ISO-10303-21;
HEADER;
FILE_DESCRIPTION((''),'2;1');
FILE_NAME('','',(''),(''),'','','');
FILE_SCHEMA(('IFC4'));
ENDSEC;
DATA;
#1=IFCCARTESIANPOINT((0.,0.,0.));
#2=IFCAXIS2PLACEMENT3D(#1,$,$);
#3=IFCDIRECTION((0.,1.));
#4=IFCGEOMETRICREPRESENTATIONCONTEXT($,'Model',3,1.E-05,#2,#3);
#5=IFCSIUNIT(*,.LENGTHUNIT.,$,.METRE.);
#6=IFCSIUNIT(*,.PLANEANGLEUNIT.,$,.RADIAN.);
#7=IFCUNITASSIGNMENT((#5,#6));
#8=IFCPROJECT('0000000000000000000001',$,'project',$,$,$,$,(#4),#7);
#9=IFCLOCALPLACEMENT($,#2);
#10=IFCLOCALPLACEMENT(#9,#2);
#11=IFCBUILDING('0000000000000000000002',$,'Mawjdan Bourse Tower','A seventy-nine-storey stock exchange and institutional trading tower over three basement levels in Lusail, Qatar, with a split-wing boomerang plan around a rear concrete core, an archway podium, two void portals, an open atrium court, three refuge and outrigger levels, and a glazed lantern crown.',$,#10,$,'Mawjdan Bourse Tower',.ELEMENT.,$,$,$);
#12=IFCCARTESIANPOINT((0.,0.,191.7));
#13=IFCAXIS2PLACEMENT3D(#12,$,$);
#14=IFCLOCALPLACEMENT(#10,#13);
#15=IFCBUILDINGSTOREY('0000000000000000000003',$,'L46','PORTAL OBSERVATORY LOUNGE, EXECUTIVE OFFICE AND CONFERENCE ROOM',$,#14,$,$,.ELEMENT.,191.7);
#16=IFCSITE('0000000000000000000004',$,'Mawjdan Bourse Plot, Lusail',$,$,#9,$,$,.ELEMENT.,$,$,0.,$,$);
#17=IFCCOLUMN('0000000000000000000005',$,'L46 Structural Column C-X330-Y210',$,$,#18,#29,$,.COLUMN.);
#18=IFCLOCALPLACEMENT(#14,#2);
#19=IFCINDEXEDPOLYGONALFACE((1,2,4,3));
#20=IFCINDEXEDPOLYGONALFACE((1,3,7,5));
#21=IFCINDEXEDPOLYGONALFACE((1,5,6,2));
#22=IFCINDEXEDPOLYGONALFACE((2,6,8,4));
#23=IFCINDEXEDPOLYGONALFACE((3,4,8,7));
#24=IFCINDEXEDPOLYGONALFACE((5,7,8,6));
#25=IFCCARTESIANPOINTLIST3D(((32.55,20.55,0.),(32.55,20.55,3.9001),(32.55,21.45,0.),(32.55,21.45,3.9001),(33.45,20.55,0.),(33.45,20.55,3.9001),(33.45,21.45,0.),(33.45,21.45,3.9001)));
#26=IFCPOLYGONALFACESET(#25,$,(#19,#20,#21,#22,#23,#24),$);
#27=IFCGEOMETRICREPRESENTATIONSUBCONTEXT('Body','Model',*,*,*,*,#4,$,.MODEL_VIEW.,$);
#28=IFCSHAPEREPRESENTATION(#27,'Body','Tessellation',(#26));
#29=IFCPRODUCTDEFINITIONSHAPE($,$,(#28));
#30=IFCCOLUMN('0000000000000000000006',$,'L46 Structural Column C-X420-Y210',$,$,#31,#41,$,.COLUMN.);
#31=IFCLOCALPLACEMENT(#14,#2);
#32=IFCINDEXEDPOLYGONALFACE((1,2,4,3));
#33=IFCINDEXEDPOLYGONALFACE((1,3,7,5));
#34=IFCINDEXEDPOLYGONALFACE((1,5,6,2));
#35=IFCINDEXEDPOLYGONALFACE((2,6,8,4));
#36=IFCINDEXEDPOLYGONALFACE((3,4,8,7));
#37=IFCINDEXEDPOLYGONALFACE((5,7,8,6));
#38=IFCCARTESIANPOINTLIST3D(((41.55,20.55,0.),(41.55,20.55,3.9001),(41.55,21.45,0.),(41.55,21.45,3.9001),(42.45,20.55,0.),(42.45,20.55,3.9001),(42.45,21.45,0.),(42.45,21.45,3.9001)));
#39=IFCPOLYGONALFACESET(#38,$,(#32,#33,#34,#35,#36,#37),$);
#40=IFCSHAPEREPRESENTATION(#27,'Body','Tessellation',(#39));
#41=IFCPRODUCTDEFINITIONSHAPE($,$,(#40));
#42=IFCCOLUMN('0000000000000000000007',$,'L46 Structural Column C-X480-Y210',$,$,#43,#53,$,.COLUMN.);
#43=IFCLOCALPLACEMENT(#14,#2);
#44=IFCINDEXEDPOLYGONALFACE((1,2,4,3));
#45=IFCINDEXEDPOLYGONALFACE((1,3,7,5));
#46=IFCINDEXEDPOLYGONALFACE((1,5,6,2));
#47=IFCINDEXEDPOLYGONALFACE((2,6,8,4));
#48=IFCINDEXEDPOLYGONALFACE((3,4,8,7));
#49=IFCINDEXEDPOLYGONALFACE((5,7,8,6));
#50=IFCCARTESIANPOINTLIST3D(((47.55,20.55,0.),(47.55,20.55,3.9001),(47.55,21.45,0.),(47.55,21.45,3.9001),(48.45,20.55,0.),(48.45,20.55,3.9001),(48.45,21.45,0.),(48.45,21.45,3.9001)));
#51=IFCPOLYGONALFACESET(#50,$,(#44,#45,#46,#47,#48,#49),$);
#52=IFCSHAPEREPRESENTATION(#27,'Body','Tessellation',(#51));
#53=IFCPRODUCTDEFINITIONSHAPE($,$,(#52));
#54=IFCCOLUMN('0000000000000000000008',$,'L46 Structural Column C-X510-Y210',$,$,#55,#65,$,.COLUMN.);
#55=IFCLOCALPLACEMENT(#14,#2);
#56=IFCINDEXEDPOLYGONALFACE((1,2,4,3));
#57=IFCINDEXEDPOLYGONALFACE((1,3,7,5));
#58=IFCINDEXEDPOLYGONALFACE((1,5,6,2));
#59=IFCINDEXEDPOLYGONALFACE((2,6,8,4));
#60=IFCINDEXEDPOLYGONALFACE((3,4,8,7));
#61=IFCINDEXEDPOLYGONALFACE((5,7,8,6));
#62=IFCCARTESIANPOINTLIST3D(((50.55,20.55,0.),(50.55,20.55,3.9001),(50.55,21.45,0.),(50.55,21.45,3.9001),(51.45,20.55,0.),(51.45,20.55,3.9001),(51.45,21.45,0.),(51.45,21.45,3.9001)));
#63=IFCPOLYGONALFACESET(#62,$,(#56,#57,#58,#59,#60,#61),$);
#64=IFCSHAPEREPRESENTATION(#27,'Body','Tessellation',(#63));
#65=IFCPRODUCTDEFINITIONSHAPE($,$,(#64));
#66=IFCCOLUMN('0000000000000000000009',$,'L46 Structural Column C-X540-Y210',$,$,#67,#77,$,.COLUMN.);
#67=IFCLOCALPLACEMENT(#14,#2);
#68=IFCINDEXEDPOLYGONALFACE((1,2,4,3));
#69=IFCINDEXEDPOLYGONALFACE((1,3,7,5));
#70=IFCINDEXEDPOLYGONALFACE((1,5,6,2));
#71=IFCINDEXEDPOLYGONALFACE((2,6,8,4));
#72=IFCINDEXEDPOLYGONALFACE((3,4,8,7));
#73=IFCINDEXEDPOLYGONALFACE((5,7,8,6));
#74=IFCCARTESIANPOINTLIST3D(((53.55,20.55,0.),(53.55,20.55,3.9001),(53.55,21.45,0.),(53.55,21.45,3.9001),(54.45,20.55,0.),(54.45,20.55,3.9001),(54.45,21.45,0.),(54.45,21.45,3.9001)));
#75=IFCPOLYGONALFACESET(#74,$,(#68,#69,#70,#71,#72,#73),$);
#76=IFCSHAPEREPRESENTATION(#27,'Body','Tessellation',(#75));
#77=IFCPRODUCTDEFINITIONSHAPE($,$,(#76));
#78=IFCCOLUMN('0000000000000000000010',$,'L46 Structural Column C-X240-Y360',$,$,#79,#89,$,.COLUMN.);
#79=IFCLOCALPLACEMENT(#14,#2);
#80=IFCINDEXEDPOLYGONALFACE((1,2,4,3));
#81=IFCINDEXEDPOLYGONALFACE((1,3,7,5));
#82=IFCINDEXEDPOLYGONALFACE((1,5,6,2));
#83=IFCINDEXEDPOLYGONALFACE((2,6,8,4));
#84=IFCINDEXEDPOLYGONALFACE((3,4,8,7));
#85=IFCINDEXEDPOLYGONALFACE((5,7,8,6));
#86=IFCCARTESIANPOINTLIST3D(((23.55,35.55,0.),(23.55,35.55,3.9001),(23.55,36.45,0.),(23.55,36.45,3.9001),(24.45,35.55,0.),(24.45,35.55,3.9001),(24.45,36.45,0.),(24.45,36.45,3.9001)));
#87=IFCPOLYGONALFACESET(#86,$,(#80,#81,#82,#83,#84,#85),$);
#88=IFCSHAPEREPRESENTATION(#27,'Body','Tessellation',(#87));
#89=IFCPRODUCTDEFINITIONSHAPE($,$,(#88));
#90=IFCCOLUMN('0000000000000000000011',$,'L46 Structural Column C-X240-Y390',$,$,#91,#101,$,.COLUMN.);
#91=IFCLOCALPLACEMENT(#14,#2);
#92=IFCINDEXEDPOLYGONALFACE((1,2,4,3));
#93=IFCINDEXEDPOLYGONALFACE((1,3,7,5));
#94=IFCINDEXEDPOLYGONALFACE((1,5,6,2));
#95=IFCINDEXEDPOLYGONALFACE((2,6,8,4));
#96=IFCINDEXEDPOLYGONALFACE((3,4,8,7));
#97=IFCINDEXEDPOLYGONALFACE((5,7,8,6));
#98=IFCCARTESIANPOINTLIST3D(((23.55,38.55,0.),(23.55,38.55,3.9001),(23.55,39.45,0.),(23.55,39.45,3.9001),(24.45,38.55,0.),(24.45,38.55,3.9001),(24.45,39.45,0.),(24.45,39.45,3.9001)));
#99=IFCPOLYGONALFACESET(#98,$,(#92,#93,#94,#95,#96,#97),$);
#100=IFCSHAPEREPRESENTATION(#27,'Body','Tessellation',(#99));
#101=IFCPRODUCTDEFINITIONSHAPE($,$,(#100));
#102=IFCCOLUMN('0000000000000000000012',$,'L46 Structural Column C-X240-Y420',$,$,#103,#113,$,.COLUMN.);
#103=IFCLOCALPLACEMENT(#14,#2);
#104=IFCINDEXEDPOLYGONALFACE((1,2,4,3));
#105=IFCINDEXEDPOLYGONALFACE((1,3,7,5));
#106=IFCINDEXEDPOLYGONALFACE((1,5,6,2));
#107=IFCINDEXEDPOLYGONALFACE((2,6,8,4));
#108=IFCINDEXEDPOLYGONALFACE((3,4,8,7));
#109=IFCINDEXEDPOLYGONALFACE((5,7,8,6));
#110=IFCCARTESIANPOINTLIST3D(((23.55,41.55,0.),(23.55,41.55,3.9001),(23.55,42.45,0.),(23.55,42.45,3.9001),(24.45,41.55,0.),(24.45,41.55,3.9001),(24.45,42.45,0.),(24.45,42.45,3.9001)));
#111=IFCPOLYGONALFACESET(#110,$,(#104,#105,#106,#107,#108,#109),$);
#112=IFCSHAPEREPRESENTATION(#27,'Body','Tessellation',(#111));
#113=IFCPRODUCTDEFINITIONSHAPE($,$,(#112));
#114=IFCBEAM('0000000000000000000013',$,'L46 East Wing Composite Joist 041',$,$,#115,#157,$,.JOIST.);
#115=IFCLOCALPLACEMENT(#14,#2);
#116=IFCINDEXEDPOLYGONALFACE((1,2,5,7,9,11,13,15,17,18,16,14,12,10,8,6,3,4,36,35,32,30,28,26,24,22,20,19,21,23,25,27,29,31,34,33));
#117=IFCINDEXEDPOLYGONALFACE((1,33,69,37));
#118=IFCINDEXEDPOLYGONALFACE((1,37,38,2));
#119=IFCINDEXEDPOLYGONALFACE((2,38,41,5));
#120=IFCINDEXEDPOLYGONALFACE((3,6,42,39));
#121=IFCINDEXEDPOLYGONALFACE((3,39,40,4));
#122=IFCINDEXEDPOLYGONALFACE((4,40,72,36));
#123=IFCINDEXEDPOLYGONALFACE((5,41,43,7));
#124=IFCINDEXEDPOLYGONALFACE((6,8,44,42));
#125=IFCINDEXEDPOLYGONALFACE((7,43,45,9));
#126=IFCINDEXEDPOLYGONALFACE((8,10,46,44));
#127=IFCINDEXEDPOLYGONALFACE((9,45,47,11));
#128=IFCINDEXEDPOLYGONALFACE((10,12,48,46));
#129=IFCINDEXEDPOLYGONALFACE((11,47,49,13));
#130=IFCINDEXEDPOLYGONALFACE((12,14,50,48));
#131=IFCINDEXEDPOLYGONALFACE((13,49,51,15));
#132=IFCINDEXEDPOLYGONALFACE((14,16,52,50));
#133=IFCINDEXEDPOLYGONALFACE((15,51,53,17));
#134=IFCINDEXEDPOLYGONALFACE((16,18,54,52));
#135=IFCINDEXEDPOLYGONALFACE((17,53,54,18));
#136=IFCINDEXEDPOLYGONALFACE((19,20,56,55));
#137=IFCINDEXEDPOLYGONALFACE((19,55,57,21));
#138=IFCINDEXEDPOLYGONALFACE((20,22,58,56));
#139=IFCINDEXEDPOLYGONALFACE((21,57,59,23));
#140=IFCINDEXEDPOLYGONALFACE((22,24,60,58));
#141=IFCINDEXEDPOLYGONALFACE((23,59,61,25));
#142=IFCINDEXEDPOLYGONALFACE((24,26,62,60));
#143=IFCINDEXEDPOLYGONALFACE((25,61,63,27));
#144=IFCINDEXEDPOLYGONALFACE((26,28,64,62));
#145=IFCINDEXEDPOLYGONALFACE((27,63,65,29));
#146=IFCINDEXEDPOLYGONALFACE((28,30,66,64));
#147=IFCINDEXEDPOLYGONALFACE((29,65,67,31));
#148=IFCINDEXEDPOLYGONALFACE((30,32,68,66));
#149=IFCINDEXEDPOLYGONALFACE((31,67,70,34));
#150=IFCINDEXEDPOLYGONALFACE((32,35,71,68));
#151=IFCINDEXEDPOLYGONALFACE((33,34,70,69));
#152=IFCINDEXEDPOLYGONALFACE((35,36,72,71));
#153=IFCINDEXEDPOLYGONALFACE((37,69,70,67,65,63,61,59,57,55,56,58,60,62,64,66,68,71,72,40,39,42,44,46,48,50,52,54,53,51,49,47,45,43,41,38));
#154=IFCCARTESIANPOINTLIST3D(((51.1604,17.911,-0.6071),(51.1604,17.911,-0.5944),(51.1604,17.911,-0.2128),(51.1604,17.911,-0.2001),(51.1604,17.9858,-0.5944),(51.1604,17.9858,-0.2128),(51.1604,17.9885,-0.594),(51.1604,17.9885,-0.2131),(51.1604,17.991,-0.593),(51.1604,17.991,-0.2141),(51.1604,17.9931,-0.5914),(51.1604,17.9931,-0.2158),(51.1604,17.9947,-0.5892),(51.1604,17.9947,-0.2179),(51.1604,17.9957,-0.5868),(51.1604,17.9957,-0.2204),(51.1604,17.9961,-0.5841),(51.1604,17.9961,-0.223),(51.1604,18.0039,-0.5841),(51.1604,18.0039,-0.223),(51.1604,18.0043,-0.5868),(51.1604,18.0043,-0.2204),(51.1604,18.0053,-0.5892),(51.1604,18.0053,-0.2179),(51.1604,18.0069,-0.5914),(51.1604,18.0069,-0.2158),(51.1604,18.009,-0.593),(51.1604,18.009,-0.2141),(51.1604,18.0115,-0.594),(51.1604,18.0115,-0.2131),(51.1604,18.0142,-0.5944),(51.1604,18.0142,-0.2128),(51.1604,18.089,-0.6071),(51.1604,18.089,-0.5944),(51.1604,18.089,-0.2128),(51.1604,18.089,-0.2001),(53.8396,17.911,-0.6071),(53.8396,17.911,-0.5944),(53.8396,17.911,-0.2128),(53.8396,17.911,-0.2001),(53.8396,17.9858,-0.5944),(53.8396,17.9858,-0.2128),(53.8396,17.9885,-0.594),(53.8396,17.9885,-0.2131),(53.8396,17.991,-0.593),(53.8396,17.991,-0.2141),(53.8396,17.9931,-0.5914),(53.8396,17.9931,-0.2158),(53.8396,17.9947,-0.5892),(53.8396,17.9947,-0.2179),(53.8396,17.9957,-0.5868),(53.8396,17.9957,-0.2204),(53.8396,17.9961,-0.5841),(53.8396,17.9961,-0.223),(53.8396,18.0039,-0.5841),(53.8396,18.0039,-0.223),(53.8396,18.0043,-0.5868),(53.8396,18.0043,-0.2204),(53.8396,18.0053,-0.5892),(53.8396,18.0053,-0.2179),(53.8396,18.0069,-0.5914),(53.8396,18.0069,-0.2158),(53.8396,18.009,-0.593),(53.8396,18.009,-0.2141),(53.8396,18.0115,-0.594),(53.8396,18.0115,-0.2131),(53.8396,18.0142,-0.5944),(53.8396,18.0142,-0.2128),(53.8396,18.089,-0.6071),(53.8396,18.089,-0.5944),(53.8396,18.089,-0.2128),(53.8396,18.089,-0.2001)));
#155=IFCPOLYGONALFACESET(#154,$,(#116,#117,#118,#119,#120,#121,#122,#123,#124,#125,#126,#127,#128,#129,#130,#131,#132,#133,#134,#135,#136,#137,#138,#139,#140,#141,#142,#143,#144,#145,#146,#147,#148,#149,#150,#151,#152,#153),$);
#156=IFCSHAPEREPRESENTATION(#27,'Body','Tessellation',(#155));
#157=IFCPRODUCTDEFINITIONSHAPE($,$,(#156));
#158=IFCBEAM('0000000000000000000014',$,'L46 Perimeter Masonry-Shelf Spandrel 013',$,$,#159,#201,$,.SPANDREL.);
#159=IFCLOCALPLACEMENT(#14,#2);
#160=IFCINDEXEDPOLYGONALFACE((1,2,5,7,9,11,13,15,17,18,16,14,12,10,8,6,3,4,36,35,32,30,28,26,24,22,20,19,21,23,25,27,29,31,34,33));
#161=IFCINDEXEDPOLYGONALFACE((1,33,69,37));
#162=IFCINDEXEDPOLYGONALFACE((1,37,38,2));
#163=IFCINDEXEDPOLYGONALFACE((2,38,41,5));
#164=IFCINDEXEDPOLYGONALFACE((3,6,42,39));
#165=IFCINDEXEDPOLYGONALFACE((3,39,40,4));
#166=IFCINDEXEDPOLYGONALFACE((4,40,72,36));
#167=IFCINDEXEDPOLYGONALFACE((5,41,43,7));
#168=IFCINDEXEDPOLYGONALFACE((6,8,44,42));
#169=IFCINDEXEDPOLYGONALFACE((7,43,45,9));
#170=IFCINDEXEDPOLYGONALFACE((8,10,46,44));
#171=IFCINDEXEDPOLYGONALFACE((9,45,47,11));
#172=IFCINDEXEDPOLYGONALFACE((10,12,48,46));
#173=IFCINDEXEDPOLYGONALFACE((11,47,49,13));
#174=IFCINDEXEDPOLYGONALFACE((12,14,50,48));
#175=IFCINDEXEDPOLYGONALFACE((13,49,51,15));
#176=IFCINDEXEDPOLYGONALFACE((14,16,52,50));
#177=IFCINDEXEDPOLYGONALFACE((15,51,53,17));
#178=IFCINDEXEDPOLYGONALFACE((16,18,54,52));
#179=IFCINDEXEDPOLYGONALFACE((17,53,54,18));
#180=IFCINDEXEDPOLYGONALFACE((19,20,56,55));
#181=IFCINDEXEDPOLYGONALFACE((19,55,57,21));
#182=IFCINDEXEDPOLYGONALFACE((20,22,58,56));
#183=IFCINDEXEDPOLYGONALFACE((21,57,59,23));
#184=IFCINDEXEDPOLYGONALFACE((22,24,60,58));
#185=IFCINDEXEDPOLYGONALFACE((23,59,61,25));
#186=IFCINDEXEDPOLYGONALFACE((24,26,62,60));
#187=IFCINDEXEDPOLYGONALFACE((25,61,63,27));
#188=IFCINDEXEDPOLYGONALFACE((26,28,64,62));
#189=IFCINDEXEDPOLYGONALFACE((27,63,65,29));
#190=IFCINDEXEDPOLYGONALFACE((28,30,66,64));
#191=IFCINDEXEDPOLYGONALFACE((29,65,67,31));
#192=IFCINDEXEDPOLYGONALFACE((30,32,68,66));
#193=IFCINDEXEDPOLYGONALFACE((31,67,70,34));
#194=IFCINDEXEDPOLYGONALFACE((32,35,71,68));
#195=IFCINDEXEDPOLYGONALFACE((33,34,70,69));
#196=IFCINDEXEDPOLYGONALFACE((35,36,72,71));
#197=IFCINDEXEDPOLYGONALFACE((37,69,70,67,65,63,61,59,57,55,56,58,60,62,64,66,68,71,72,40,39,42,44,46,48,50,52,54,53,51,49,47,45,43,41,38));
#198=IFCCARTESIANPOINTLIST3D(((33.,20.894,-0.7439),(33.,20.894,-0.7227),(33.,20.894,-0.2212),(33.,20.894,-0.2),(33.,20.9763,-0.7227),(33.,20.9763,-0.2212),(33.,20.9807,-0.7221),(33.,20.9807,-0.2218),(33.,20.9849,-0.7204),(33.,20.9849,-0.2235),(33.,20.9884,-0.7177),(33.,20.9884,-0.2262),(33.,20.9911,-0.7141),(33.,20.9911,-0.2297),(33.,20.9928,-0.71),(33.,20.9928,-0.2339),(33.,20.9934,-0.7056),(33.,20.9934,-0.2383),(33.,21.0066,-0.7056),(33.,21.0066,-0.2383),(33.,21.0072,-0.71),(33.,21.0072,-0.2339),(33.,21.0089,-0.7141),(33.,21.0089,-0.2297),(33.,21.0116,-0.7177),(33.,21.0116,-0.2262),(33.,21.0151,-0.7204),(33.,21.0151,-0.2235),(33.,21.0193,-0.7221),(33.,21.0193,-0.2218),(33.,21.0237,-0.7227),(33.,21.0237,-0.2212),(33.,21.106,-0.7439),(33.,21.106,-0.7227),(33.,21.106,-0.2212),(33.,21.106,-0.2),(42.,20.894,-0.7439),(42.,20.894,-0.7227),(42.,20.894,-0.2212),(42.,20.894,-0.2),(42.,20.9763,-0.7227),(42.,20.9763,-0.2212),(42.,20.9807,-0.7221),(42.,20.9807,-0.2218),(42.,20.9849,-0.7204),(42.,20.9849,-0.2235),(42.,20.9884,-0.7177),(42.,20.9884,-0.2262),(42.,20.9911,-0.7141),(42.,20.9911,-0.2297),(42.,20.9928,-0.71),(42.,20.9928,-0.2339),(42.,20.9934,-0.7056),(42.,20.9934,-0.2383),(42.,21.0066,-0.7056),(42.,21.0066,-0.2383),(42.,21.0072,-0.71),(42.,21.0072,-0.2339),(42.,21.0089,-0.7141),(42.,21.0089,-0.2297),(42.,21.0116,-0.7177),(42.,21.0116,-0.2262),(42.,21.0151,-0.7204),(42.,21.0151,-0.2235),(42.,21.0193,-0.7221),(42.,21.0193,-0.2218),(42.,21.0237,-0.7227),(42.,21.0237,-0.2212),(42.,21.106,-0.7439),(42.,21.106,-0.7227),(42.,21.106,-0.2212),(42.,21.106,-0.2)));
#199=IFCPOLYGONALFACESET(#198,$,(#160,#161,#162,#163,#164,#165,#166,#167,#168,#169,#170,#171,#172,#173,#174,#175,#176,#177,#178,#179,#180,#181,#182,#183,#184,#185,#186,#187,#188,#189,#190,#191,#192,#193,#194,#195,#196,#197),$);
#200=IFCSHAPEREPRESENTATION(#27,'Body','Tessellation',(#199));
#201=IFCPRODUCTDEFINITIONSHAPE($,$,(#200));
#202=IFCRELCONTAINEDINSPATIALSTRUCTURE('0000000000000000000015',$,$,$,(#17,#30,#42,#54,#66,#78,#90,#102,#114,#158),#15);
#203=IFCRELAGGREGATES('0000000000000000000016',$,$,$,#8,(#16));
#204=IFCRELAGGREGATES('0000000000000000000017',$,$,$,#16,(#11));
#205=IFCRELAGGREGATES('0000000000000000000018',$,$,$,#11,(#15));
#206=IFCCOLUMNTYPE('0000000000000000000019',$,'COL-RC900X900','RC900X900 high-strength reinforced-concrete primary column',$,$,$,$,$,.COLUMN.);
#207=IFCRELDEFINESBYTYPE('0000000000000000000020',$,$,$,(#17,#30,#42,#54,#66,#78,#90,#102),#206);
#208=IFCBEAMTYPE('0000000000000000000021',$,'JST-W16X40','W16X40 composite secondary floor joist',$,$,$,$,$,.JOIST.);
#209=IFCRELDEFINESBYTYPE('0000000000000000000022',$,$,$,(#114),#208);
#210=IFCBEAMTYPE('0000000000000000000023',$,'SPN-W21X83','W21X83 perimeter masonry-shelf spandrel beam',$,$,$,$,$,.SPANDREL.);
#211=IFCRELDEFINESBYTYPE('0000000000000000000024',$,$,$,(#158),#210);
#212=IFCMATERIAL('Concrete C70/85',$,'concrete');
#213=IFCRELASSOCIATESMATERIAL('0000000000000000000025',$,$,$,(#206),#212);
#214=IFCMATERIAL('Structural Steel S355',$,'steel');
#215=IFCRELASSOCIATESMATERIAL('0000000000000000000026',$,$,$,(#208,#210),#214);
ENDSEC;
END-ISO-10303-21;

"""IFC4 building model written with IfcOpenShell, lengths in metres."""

from ifc_helpers import new_model, si_unit, direction, frame, origin, origin_2d, place, context, subcontext, project, spatial, rectangle, i_section, extrude, material, material_profile, profile_set, type_object, element, save


model = new_model("IFC4")

# Units and contexts
model_context = context("Model", 3, precision=1e-05, world=origin(), true_north=direction((0.0, 1.0)))
body_context = subcontext(model_context, "Body", "Model", "MODEL_VIEW")
ifc_project = project(units=[si_unit("LENGTHUNIT", "METRE"), si_unit("PLANEANGLEUNIT", "RADIAN")], contexts=[model_context])

# Site, building, storey
site_placement = place(None, origin())
site = spatial("IfcSite", under=ifc_project, at=site_placement, Name="Mawjdan Bourse Plot, Lusail", CompositionType="ELEMENT", RefElevation=0.0)
building_placement = place(site_placement, origin())
building = spatial("IfcBuilding", under=site, at=building_placement, Name="Mawjdan Bourse Tower", Description="A seventy-nine-storey stock exchange and institutional trading tower over three basement levels in Lusail, Qatar, with a split-wing boomerang plan around a rear concrete core, an archway podium, two void portals, an open atrium court, three refuge and outrigger levels, and a glazed lantern crown.", LongName="Mawjdan Bourse Tower", CompositionType="ELEMENT")
storey_placement = place(building_placement, frame((0.0, 0.0, 191.7)))
storey = spatial("IfcBuildingStorey", under=building, at=storey_placement, Name="L46", Description="PORTAL OBSERVATORY LOUNGE, EXECUTIVE OFFICE AND CONFERENCE ROOM", CompositionType="ELEMENT", Elevation=191.7)

# Columns
ifc_material_1 = material(Name="Concrete C70/85", Category="concrete")
ifc_material_profile_1 = material_profile(ifc_material_1, rectangle(XDim=0.8999, YDim=0.8999, at=origin_2d()), Name="RC900X900")
ifc_profile_set_1 = profile_set([ifc_material_profile_1], Name="Concrete C70/85")
column_type = type_object("IfcColumnType", Name="COL-RC900X900", Description="RC900X900 high-strength reinforced-concrete primary column", PredefinedType="COLUMN", material=ifc_profile_set_1)
for number, where, z_axis, x_axis, name in (
    (1, (33.0, 21.0, 0.0), (0.0, 0.0, 1.0), (1.0, 0.0, 0.0), "L46 Structural Column C-X330-Y210"),
    (2, (42.0, 21.0, 0.0), (0.0, 0.0, 1.0), (1.0, 0.0, 0.0), "L46 Structural Column C-X420-Y210"),
    (3, (48.0, 21.0, 0.0), (0.0, 0.0, 1.0), (1.0, 0.0, 0.0), "L46 Structural Column C-X480-Y210"),
    (4, (51.0, 21.0, 0.0), (0.0, 0.0, 1.0), (1.0, 0.0, 0.0), "L46 Structural Column C-X510-Y210"),
    (5, (54.0, 21.0, 0.0), (0.0, 0.0, 1.0), (1.0, 0.0, 0.0), "L46 Structural Column C-X540-Y210"),
    (6, (24.0, 36.0, 0.0), (0.0, 0.0, 1.0), (1.0, 0.0, 0.0), "L46 Structural Column C-X240-Y360"),
    (7, (24.0, 39.0, 0.0), (0.0, 0.0, 1.0), (1.0, 0.0, 0.0), "L46 Structural Column C-X240-Y390"),
    (8, (24.0, 42.0, 0.0), (0.0, 0.0, 1.0), (1.0, 0.0, 0.0), "L46 Structural Column C-X240-Y420"),
):
    element("IfcColumn", number, at=place(storey_placement, frame(where, z_axis=z_axis, x_axis=x_axis)), inside=storey, type_object=column_type, Name=name, PredefinedType="COLUMN", context=body_context, shape_type="SweptSolid", body=[
        extrude(rectangle(XDim=0.8999, YDim=0.8999, at=origin_2d()), origin(), (0.0, 0.0, 1.0), 3.9001),
    ])

# Beams
ifc_material_2 = material(Name="Structural Steel S355", Category="steel")
ifc_material_profile_2 = material_profile(ifc_material_2, i_section(OverallWidth=0.178, OverallDepth=0.407, WebThickness=0.0078, FlangeThickness=0.0127, FilletRadius=0.0103, at=origin_2d()), Name="W16X40")
ifc_profile_set_2 = profile_set([ifc_material_profile_2], Name="Structural Steel S355")
beam_type_1 = type_object("IfcBeamType", Name="JST-W16X40", Description="W16X40 composite secondary floor joist", PredefinedType="JOIST", material=ifc_profile_set_2)
beam_1_placement = place(storey_placement, frame((51.1604, 18.0, -0.4036), z_axis=(1.0, 0.0, 0.0), x_axis=(0.0, 1.0, 0.0)))
element("IfcBeam", 9, at=beam_1_placement, inside=storey, type_object=beam_type_1, Name="L46 East Wing Composite Joist 041", PredefinedType="JOIST", context=body_context, shape_type="SweptSolid", body=[
    extrude(i_section(OverallWidth=0.178, OverallDepth=0.407, WebThickness=0.0078, FlangeThickness=0.0127, FilletRadius=0.0103, at=origin_2d()), origin(), (0.0, 0.0, 1.0), 2.6792),
])
ifc_material_profile_3 = material_profile(ifc_material_2, i_section(OverallWidth=0.2119, OverallDepth=0.5439, WebThickness=0.0132, FlangeThickness=0.0212, FilletRadius=0.0171, at=origin_2d()), Name="W21X83")
ifc_profile_set_3 = profile_set([ifc_material_profile_3], Name="Structural Steel S355")
beam_type_2 = type_object("IfcBeamType", Name="SPN-W21X83", Description="W21X83 perimeter masonry-shelf spandrel beam", PredefinedType="SPANDREL", material=ifc_profile_set_3)
beam_2_placement = place(storey_placement, frame((33.0, 21.0, -0.4719), z_axis=(1.0, 0.0, 0.0), x_axis=(0.0, 1.0, 0.0)))
element("IfcBeam", 10, at=beam_2_placement, inside=storey, type_object=beam_type_2, Name="L46 Perimeter Masonry-Shelf Spandrel 013", PredefinedType="SPANDREL", context=body_context, shape_type="SweptSolid", body=[
    extrude(i_section(OverallWidth=0.2119, OverallDepth=0.5439, WebThickness=0.0132, FlangeThickness=0.0212, FilletRadius=0.0171, at=origin_2d()), origin(), (0.0, 0.0, 1.0), 9.0),
])

save(model, "model.ifc")
